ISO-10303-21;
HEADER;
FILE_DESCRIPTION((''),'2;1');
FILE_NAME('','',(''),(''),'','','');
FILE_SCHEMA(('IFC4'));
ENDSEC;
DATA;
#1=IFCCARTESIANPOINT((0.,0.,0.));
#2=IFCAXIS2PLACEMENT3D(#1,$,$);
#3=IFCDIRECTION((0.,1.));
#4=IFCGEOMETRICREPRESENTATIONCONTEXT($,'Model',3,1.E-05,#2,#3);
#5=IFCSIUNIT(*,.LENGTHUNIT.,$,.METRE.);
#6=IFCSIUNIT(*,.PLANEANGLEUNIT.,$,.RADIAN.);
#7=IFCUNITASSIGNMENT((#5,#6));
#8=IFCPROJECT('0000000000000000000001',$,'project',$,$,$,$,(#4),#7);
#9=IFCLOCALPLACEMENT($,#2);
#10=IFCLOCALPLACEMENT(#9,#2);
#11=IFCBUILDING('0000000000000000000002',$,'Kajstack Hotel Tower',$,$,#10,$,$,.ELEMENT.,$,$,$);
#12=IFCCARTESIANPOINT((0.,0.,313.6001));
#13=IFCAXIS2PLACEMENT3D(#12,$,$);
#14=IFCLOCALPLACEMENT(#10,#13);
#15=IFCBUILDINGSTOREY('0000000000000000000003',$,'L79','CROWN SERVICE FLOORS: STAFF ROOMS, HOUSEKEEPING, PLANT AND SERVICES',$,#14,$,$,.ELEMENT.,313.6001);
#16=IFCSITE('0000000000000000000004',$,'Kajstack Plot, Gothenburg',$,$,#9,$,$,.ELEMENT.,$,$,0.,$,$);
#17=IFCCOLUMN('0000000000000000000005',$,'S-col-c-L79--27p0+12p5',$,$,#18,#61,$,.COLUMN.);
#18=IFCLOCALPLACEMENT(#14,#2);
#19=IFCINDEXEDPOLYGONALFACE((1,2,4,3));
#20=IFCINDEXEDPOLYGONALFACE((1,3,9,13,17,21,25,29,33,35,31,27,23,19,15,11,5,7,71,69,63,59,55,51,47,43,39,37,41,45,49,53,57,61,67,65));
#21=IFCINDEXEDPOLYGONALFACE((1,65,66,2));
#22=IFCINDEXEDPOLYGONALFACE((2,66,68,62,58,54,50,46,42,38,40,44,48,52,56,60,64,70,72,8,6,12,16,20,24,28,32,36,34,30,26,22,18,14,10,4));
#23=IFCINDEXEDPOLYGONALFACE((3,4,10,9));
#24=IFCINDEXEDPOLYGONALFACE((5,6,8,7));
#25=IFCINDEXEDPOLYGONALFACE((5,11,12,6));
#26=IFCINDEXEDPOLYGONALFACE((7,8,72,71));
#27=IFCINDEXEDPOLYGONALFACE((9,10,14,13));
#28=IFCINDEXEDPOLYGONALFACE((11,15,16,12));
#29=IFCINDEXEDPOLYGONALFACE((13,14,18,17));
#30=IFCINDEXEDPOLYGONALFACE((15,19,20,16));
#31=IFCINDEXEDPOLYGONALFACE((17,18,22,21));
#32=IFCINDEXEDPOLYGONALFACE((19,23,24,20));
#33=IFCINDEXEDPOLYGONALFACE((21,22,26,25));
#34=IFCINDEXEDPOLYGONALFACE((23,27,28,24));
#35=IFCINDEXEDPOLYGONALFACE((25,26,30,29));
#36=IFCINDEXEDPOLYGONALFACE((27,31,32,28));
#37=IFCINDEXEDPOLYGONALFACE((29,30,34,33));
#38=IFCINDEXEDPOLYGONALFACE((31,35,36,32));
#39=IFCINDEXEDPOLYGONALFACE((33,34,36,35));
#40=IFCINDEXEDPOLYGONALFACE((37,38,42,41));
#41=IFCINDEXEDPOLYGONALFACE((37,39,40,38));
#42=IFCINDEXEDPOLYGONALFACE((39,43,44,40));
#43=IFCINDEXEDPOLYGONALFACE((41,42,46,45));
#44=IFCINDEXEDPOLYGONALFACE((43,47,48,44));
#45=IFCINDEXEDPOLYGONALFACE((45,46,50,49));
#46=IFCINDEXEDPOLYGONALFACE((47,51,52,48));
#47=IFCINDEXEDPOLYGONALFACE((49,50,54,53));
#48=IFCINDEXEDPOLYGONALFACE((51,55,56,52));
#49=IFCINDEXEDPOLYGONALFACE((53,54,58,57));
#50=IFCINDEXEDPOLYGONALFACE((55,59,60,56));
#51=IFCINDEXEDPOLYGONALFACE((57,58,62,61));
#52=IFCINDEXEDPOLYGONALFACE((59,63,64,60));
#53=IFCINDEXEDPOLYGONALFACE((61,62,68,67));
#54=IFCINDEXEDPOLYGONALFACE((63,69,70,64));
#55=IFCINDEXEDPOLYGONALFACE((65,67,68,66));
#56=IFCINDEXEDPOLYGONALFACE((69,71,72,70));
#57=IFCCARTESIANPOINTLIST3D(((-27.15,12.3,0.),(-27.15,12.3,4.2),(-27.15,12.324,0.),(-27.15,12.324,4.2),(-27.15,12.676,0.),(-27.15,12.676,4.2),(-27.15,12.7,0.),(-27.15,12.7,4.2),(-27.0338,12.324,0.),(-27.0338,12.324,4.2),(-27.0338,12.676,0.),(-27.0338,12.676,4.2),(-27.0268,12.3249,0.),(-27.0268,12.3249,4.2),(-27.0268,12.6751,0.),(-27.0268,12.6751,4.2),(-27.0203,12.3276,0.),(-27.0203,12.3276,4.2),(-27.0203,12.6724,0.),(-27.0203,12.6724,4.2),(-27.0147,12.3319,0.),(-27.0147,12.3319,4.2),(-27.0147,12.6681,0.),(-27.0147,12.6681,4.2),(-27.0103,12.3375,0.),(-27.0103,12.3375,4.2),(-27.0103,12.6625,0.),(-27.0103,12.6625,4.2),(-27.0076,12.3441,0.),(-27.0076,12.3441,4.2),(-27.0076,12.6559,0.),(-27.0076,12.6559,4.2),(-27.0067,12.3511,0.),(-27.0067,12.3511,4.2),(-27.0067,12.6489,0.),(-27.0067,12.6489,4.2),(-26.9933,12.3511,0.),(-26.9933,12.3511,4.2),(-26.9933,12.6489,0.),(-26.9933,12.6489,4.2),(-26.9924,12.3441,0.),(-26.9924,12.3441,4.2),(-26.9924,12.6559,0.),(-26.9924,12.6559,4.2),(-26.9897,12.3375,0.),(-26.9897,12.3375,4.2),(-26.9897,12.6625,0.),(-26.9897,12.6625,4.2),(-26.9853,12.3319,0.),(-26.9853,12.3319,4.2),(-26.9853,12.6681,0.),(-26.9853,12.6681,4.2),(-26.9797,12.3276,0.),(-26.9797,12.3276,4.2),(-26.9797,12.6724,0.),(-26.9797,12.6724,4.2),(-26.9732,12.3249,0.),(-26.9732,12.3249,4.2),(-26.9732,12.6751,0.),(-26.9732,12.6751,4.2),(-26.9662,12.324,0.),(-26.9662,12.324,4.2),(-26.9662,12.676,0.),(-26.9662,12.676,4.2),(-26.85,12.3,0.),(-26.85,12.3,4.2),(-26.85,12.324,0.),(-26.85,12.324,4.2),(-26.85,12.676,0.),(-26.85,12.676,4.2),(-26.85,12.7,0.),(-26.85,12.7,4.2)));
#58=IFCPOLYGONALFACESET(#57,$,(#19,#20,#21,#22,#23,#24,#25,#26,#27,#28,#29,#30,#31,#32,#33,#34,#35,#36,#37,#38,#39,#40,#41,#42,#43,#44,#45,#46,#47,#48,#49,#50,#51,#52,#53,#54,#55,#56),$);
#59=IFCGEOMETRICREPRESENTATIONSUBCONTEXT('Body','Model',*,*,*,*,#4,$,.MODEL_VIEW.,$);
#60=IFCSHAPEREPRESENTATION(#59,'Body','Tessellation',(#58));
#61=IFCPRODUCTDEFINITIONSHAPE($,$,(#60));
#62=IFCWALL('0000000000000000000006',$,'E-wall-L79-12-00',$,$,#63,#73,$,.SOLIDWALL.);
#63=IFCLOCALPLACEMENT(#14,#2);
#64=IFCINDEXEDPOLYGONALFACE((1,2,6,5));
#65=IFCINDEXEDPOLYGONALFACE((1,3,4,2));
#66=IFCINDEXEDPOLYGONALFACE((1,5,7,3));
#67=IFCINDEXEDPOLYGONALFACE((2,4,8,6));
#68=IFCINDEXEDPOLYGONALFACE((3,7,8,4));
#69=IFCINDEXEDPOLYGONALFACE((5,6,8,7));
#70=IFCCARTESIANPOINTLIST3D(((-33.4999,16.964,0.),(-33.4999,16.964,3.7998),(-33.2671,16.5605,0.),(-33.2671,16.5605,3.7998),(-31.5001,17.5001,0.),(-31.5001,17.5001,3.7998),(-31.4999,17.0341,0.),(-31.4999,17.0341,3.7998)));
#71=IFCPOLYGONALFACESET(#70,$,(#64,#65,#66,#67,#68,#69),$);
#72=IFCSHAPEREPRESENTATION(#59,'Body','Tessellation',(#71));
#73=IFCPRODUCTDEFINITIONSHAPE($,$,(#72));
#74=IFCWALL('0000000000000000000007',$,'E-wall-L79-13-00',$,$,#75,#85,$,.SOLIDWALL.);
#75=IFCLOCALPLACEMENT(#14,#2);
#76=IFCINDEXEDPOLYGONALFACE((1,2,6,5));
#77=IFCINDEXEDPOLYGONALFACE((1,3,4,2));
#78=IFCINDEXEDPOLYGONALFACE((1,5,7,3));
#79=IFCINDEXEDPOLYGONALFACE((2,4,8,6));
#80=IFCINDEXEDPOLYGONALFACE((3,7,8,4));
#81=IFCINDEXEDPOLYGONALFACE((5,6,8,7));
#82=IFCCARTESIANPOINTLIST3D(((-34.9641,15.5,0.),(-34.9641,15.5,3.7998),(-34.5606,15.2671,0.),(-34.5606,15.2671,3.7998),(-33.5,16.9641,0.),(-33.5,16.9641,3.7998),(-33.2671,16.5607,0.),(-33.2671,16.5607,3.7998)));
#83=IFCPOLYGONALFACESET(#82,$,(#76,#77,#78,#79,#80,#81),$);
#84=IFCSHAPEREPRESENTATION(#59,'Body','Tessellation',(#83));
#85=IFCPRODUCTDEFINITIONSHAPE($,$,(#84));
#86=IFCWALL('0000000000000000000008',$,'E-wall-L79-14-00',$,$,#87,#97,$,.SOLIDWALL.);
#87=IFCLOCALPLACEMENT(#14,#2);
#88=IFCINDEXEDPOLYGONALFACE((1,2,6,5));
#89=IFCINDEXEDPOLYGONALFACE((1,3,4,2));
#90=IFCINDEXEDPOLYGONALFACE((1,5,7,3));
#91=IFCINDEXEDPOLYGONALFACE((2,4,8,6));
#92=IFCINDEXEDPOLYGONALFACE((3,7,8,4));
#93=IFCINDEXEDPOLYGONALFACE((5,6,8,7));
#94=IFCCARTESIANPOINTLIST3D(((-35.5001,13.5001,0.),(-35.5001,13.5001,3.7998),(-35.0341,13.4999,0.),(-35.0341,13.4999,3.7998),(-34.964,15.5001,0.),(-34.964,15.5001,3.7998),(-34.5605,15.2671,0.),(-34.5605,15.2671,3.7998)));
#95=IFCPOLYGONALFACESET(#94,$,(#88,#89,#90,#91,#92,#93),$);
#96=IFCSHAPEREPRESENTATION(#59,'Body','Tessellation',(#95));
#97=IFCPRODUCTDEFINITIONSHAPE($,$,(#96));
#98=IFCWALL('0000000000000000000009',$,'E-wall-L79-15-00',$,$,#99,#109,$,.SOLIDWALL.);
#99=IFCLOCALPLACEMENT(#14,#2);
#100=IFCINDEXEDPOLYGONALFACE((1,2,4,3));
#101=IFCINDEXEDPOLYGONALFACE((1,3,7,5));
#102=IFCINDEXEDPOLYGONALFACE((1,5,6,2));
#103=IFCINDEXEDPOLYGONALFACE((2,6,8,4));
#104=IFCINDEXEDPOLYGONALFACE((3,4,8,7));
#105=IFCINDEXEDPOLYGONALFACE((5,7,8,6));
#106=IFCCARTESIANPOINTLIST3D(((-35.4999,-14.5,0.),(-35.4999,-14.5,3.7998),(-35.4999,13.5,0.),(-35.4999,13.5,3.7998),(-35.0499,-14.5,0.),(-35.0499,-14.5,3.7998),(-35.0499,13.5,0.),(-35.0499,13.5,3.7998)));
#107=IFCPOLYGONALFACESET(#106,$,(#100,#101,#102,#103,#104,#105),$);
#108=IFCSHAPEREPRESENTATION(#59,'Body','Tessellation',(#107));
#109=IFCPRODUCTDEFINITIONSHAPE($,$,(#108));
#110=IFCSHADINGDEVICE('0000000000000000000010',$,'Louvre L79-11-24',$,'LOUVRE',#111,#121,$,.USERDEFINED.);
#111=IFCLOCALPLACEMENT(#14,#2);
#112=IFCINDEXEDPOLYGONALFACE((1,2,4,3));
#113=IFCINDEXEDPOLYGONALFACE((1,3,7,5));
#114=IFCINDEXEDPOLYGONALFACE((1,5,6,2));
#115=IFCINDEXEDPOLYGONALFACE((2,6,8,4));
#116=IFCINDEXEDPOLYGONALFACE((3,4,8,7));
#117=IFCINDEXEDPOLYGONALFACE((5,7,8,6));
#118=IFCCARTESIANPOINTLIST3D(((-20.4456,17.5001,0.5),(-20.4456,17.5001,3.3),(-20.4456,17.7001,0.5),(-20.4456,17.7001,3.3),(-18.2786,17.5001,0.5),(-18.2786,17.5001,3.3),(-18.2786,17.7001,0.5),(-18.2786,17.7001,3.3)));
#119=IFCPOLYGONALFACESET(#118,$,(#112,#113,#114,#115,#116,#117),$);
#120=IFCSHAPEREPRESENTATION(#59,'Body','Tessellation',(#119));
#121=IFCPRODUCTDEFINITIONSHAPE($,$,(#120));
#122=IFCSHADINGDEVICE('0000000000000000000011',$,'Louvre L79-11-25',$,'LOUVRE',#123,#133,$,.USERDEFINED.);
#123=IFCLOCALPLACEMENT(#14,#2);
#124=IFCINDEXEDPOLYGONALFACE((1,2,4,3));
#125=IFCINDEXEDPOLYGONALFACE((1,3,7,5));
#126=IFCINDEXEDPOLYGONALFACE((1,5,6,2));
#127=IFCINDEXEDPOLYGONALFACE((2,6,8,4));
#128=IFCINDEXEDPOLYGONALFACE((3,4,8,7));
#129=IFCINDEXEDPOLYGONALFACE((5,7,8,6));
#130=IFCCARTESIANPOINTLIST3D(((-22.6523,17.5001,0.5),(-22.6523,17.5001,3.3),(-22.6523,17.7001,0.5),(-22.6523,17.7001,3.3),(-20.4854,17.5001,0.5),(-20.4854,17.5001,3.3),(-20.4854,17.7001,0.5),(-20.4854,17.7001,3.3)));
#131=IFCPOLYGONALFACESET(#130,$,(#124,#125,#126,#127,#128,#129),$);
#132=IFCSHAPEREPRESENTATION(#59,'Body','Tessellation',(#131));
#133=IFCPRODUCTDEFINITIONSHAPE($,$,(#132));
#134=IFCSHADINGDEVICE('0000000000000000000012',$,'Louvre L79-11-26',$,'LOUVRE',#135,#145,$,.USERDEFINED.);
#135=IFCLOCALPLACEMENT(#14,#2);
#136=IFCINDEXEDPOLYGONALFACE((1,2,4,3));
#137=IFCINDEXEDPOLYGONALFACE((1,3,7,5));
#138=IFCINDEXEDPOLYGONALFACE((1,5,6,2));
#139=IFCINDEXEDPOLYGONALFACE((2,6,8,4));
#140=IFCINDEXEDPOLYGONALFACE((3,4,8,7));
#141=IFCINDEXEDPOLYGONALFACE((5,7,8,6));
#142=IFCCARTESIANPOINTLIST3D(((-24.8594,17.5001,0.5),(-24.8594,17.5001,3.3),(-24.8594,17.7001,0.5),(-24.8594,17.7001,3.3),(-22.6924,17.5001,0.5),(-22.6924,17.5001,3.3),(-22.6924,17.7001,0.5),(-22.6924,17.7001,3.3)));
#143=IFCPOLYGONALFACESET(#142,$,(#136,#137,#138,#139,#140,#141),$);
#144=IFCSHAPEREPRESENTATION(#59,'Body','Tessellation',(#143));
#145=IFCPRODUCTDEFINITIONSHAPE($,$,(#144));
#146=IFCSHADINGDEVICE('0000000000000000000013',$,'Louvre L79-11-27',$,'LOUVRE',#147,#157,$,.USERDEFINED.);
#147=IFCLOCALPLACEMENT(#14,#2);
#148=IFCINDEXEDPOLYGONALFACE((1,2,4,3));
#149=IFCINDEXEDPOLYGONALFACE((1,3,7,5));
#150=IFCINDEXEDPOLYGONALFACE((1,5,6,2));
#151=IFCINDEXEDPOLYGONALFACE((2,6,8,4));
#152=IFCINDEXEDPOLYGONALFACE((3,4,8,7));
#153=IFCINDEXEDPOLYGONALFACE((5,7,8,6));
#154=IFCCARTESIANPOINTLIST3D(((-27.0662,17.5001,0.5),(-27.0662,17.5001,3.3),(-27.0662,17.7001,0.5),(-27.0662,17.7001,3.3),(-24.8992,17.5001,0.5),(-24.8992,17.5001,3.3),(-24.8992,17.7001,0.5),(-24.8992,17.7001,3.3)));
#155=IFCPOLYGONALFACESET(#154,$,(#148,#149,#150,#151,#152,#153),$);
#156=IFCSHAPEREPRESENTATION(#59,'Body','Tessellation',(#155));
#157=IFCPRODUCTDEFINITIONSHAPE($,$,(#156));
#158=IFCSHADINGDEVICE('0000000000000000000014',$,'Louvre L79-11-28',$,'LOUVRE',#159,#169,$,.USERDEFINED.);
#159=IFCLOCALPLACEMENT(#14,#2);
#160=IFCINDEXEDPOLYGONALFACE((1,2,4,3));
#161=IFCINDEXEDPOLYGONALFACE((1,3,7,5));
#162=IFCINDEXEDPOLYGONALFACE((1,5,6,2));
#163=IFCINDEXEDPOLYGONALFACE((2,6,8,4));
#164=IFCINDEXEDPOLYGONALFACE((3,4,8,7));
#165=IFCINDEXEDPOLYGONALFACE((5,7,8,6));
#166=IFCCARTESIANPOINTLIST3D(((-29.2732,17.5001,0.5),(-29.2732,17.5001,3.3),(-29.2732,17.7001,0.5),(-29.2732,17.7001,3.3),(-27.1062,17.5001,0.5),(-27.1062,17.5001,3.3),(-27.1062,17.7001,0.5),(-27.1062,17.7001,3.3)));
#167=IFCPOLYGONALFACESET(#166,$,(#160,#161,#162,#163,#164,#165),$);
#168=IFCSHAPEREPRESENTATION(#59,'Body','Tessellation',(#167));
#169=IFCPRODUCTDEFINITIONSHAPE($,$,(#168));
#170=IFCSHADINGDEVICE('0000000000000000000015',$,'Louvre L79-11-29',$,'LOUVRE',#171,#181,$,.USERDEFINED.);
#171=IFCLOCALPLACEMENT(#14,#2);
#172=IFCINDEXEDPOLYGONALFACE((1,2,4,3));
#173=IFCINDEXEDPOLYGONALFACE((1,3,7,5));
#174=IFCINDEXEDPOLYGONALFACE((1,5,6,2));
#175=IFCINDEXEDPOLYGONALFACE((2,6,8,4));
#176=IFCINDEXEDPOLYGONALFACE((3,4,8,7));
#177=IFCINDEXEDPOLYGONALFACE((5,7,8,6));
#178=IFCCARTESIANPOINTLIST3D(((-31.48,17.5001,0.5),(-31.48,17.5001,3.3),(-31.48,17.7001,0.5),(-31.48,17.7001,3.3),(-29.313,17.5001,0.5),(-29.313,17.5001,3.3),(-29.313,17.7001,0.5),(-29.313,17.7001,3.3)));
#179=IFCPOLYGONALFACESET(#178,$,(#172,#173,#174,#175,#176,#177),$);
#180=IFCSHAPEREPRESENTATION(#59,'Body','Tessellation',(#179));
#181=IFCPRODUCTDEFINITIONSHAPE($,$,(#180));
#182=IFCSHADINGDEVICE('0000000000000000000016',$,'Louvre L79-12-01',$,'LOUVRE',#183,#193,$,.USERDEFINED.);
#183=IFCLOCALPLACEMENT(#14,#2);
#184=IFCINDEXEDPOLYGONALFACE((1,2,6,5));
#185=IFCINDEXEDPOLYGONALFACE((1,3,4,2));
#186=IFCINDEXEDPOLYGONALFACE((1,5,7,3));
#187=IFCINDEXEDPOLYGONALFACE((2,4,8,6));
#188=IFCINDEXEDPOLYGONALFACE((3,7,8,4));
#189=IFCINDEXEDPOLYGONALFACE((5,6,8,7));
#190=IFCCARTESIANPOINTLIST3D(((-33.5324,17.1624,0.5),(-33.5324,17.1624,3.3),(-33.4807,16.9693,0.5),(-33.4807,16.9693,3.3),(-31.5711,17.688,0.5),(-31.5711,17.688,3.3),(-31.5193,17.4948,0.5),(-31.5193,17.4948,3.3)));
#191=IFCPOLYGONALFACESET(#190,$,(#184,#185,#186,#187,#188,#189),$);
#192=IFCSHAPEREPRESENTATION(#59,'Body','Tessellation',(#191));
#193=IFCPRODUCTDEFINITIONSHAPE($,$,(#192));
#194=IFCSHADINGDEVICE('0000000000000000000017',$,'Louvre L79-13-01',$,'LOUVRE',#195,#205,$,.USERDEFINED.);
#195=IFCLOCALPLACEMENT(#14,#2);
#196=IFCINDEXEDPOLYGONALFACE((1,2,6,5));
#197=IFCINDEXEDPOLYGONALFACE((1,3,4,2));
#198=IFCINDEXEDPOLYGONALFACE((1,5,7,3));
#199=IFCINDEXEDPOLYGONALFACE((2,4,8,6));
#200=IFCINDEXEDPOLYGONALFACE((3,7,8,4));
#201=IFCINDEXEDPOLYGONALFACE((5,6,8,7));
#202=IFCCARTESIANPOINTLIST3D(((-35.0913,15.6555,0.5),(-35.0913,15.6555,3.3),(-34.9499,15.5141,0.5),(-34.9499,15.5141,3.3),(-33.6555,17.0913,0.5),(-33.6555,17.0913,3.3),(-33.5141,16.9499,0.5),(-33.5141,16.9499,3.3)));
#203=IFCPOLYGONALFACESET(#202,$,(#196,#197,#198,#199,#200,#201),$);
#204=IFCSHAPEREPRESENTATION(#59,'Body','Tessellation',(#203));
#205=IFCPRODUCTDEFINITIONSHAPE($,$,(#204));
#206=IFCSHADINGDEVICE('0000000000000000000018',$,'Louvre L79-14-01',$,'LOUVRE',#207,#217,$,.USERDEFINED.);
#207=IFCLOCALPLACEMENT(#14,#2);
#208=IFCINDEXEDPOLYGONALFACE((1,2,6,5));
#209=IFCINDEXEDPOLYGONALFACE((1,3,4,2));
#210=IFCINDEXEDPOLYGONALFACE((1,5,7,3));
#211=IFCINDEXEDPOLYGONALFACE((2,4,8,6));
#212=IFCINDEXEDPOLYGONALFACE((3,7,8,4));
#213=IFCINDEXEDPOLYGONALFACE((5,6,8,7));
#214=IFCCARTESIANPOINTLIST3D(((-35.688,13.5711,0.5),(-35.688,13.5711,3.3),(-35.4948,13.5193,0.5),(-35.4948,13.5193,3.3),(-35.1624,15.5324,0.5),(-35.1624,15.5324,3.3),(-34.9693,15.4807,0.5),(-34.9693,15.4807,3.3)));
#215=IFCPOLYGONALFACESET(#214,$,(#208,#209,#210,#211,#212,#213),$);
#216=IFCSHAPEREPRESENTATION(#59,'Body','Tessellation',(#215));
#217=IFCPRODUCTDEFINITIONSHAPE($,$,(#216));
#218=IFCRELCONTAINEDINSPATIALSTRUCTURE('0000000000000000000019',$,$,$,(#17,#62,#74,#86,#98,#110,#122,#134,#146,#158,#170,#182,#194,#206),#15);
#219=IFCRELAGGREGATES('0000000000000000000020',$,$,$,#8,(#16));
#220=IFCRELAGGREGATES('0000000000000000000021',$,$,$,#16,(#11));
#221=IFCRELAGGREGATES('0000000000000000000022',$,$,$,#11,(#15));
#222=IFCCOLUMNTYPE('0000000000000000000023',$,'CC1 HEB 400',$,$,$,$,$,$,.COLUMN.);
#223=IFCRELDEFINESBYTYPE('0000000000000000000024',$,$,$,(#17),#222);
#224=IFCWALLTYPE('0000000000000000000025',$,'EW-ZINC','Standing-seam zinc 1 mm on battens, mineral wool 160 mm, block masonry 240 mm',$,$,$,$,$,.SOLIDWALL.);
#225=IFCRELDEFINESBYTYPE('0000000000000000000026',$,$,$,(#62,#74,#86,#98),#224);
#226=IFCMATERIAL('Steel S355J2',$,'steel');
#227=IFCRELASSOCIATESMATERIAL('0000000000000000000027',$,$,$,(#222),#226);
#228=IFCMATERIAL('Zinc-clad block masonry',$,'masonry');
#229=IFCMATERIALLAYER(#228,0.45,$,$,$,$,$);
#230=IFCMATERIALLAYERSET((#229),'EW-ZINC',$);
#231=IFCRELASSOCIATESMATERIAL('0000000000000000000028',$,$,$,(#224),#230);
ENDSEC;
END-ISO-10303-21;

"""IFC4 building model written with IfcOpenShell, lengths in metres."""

from ifc_helpers import new_model, si_unit, direction, frame, frame_2d, origin, origin_2d, place, context, subcontext, project, spatial, polyline, rectangle, i_section, outline, extrude, material, layer, layer_set, material_profile, profile_set, type_object, element, save


model = new_model("IFC4")

# Units and contexts
model_context = context("Model", 3, precision=1e-05, world=origin(), true_north=direction((0.0, 1.0)))
body_context = subcontext(model_context, "Body", "Model", "MODEL_VIEW")
ifc_project = project(units=[si_unit("LENGTHUNIT", "METRE"), si_unit("PLANEANGLEUNIT", "RADIAN")], contexts=[model_context])

# Site, building, storey
site_placement = place(None, origin())
site = spatial("IfcSite", under=ifc_project, at=site_placement, Name="Kajstack Plot, Gothenburg", CompositionType="ELEMENT", RefElevation=0.0)
building_placement = place(site_placement, origin())
building = spatial("IfcBuilding", under=site, at=building_placement, Name="Kajstack Hotel Tower", CompositionType="ELEMENT")
storey_placement = place(building_placement, frame((0.0, 0.0, 313.6001)))
storey = spatial("IfcBuildingStorey", under=building, at=storey_placement, Name="L79", Description="CROWN SERVICE FLOORS: STAFF ROOMS, HOUSEKEEPING, PLANT AND SERVICES", CompositionType="ELEMENT", Elevation=313.6001)

# Column
ifc_material_1 = material(Name="Steel S355J2", Category="steel")
ifc_material_profile = material_profile(ifc_material_1, i_section(OverallWidth=0.3, OverallDepth=0.3999, WebThickness=0.0134, FlangeThickness=0.0239, FilletRadius=0.0271, at=origin_2d()), Name="HEB 400")
ifc_profile_set = profile_set([ifc_material_profile], Name="Steel S355J2")
column_type = type_object("IfcColumnType", Name="CC1 HEB 400", PredefinedType="COLUMN", material=ifc_profile_set)
column_placement = place(storey_placement, frame((-27.0, 12.5, 0.0), z_axis=(0.0, 0.0, 1.0), x_axis=(1.0, 0.0, 0.0)))
element("IfcColumn", 1, at=column_placement, inside=storey, type_object=column_type, Name="S-col-c-L79--27p0+12p5", PredefinedType="COLUMN", context=body_context, shape_type="SweptSolid", body=[
    extrude(i_section(OverallWidth=0.3, OverallDepth=0.3999, WebThickness=0.0134, FlangeThickness=0.0239, FilletRadius=0.0271, at=origin_2d()), origin(), (0.0, 0.0, 1.0), 4.2),
])

# Walls
ifc_material_2 = material(Name="Zinc-clad block masonry", Category="masonry")
ifc_layer = layer(ifc_material_2, 0.45)
ifc_layer_set = layer_set([ifc_layer], Name="EW-ZINC")
wall_type = type_object("IfcWallType", Name="EW-ZINC", Description="Standing-seam zinc 1 mm on battens, mineral wool 160 mm, block masonry 240 mm", PredefinedType="SOLIDWALL", material=ifc_layer_set)
wall_1_placement = place(storey_placement, frame((-31.4417, 17.2827, 0.0), z_axis=(0.0, 0.0, 1.0), x_axis=(-0.965927, -0.258815, 0.0)))
element("IfcWall", 2, at=wall_1_placement, inside=storey, type_object=wall_type, Name="E-wall-L79-12-00", PredefinedType="SOLIDWALL", context=body_context, shape_type="SweptSolid", body=[
    extrude(outline(polyline([(0.0002, -0.2251), (2.0706, -0.2249), (1.9502, 0.2251), (0.1206, 0.2251), (0.0002, -0.2251)])), origin(), (0.0, 0.0, 1.0), 3.7998),
])
wall_2_placement = place(storey_placement, frame((-33.3408, 16.8049, 0.0), z_axis=(0.0, 0.0, 1.0), x_axis=(-0.707107, -0.707107, 0.0)))
element("IfcWall", 3, at=wall_2_placement, inside=storey, type_object=wall_type, Name="E-wall-L79-13-00", PredefinedType="SOLIDWALL", context=body_context, shape_type="SweptSolid", body=[
    extrude(outline(polyline([(0.0, -0.2251), (2.0706, -0.2251), (1.95, 0.2249), (0.1206, 0.2249), (0.0, -0.2251)])), origin(), (0.0, 0.0, 1.0), 3.7998),
])
wall_3_placement = place(storey_placement, frame((-34.7468, 15.4417, 0.0), z_axis=(0.0, 0.0, 1.0), x_axis=(-0.258815, -0.965927, 0.0)))
element("IfcWall", 4, at=wall_3_placement, inside=storey, type_object=wall_type, Name="E-wall-L79-14-00", PredefinedType="SOLIDWALL", context=body_context, shape_type="SweptSolid", body=[
    extrude(outline(polyline([(-0.0002, -0.2249), (2.0703, -0.2251), (1.95, 0.2251), (0.1204, 0.2251), (-0.0002, -0.2249)])), origin(), (0.0, 0.0, 1.0), 3.7998),
])
wall_4_placement = place(storey_placement, frame((-35.2749, 13.5, 0.0), z_axis=(0.0, 0.0, 1.0), x_axis=(0.0, -1.0, 0.0)))
element("IfcWall", 5, at=wall_4_placement, inside=storey, type_object=wall_type, Name="E-wall-L79-15-00", PredefinedType="SOLIDWALL", context=body_context, shape_type="SweptSolid", body=[
    extrude(rectangle(XDim=28.0, YDim=0.45, at=frame_2d((14.0, 0.0))), origin(), (0.0, 0.0, 1.0), 3.7998),
])

# Shading devices
for number, where, z_axis, x_axis, name in (
    (6, (-19.3621, 17.6001, 0.5), (0.0, 0.0, 1.0), (-1.0, 0.0, 0.0), "Louvre L79-11-24"),
    (7, (-21.5688, 17.6001, 0.5), (0.0, 0.0, 1.0), (-1.0, 0.0, 0.0), "Louvre L79-11-25"),
    (8, (-23.7759, 17.6001, 0.5), (0.0, 0.0, 1.0), (-1.0, 0.0, 0.0), "Louvre L79-11-26"),
    (9, (-25.9827, 17.6001, 0.5), (0.0, 0.0, 1.0), (-1.0, 0.0, 0.0), "Louvre L79-11-27"),
    (10, (-28.1897, 17.6001, 0.5), (0.0, 0.0, 1.0), (-1.0, 0.0, 0.0), "Louvre L79-11-28"),
    (11, (-30.3965, 17.6001, 0.5), (0.0, 0.0, 1.0), (-1.0, 0.0, 0.0), "Louvre L79-11-29"),
):
    element("IfcShadingDevice", number, at=place(storey_placement, frame(where, z_axis=z_axis, x_axis=x_axis)), inside=storey, Name=name, ObjectType="LOUVRE", PredefinedType="USERDEFINED", context=body_context, shape_type="SweptSolid", body=[
        extrude(rectangle(XDim=2.167, YDim=0.2, at=origin_2d()), origin(), (0.0, 0.0, 1.0), 2.8),
    ])
for number, where, z_axis, x_axis, name in (
    (12, (-32.5259, 17.3286, 0.5), (0.0, 0.0, 1.0), (-0.965926, -0.25882, 0.0), "Louvre L79-12-01"),
    (13, (-34.3027, 16.3027, 0.5), (0.0, 0.0, 1.0), (-0.707107, -0.707107, 0.0), "Louvre L79-13-01"),
    (14, (-35.3286, 14.5259, 0.5), (0.0, 0.0, 1.0), (-0.25882, -0.965926, 0.0), "Louvre L79-14-01"),
):
    element("IfcShadingDevice", number, at=place(storey_placement, frame(where, z_axis=z_axis, x_axis=x_axis)), inside=storey, Name=name, ObjectType="LOUVRE", PredefinedType="USERDEFINED", context=body_context, shape_type="SweptSolid", body=[
        extrude(rectangle(XDim=2.0305, YDim=0.2, at=origin_2d()), origin(), (0.0, 0.0, 1.0), 2.8),
    ])

save(model, "model.ifc")
